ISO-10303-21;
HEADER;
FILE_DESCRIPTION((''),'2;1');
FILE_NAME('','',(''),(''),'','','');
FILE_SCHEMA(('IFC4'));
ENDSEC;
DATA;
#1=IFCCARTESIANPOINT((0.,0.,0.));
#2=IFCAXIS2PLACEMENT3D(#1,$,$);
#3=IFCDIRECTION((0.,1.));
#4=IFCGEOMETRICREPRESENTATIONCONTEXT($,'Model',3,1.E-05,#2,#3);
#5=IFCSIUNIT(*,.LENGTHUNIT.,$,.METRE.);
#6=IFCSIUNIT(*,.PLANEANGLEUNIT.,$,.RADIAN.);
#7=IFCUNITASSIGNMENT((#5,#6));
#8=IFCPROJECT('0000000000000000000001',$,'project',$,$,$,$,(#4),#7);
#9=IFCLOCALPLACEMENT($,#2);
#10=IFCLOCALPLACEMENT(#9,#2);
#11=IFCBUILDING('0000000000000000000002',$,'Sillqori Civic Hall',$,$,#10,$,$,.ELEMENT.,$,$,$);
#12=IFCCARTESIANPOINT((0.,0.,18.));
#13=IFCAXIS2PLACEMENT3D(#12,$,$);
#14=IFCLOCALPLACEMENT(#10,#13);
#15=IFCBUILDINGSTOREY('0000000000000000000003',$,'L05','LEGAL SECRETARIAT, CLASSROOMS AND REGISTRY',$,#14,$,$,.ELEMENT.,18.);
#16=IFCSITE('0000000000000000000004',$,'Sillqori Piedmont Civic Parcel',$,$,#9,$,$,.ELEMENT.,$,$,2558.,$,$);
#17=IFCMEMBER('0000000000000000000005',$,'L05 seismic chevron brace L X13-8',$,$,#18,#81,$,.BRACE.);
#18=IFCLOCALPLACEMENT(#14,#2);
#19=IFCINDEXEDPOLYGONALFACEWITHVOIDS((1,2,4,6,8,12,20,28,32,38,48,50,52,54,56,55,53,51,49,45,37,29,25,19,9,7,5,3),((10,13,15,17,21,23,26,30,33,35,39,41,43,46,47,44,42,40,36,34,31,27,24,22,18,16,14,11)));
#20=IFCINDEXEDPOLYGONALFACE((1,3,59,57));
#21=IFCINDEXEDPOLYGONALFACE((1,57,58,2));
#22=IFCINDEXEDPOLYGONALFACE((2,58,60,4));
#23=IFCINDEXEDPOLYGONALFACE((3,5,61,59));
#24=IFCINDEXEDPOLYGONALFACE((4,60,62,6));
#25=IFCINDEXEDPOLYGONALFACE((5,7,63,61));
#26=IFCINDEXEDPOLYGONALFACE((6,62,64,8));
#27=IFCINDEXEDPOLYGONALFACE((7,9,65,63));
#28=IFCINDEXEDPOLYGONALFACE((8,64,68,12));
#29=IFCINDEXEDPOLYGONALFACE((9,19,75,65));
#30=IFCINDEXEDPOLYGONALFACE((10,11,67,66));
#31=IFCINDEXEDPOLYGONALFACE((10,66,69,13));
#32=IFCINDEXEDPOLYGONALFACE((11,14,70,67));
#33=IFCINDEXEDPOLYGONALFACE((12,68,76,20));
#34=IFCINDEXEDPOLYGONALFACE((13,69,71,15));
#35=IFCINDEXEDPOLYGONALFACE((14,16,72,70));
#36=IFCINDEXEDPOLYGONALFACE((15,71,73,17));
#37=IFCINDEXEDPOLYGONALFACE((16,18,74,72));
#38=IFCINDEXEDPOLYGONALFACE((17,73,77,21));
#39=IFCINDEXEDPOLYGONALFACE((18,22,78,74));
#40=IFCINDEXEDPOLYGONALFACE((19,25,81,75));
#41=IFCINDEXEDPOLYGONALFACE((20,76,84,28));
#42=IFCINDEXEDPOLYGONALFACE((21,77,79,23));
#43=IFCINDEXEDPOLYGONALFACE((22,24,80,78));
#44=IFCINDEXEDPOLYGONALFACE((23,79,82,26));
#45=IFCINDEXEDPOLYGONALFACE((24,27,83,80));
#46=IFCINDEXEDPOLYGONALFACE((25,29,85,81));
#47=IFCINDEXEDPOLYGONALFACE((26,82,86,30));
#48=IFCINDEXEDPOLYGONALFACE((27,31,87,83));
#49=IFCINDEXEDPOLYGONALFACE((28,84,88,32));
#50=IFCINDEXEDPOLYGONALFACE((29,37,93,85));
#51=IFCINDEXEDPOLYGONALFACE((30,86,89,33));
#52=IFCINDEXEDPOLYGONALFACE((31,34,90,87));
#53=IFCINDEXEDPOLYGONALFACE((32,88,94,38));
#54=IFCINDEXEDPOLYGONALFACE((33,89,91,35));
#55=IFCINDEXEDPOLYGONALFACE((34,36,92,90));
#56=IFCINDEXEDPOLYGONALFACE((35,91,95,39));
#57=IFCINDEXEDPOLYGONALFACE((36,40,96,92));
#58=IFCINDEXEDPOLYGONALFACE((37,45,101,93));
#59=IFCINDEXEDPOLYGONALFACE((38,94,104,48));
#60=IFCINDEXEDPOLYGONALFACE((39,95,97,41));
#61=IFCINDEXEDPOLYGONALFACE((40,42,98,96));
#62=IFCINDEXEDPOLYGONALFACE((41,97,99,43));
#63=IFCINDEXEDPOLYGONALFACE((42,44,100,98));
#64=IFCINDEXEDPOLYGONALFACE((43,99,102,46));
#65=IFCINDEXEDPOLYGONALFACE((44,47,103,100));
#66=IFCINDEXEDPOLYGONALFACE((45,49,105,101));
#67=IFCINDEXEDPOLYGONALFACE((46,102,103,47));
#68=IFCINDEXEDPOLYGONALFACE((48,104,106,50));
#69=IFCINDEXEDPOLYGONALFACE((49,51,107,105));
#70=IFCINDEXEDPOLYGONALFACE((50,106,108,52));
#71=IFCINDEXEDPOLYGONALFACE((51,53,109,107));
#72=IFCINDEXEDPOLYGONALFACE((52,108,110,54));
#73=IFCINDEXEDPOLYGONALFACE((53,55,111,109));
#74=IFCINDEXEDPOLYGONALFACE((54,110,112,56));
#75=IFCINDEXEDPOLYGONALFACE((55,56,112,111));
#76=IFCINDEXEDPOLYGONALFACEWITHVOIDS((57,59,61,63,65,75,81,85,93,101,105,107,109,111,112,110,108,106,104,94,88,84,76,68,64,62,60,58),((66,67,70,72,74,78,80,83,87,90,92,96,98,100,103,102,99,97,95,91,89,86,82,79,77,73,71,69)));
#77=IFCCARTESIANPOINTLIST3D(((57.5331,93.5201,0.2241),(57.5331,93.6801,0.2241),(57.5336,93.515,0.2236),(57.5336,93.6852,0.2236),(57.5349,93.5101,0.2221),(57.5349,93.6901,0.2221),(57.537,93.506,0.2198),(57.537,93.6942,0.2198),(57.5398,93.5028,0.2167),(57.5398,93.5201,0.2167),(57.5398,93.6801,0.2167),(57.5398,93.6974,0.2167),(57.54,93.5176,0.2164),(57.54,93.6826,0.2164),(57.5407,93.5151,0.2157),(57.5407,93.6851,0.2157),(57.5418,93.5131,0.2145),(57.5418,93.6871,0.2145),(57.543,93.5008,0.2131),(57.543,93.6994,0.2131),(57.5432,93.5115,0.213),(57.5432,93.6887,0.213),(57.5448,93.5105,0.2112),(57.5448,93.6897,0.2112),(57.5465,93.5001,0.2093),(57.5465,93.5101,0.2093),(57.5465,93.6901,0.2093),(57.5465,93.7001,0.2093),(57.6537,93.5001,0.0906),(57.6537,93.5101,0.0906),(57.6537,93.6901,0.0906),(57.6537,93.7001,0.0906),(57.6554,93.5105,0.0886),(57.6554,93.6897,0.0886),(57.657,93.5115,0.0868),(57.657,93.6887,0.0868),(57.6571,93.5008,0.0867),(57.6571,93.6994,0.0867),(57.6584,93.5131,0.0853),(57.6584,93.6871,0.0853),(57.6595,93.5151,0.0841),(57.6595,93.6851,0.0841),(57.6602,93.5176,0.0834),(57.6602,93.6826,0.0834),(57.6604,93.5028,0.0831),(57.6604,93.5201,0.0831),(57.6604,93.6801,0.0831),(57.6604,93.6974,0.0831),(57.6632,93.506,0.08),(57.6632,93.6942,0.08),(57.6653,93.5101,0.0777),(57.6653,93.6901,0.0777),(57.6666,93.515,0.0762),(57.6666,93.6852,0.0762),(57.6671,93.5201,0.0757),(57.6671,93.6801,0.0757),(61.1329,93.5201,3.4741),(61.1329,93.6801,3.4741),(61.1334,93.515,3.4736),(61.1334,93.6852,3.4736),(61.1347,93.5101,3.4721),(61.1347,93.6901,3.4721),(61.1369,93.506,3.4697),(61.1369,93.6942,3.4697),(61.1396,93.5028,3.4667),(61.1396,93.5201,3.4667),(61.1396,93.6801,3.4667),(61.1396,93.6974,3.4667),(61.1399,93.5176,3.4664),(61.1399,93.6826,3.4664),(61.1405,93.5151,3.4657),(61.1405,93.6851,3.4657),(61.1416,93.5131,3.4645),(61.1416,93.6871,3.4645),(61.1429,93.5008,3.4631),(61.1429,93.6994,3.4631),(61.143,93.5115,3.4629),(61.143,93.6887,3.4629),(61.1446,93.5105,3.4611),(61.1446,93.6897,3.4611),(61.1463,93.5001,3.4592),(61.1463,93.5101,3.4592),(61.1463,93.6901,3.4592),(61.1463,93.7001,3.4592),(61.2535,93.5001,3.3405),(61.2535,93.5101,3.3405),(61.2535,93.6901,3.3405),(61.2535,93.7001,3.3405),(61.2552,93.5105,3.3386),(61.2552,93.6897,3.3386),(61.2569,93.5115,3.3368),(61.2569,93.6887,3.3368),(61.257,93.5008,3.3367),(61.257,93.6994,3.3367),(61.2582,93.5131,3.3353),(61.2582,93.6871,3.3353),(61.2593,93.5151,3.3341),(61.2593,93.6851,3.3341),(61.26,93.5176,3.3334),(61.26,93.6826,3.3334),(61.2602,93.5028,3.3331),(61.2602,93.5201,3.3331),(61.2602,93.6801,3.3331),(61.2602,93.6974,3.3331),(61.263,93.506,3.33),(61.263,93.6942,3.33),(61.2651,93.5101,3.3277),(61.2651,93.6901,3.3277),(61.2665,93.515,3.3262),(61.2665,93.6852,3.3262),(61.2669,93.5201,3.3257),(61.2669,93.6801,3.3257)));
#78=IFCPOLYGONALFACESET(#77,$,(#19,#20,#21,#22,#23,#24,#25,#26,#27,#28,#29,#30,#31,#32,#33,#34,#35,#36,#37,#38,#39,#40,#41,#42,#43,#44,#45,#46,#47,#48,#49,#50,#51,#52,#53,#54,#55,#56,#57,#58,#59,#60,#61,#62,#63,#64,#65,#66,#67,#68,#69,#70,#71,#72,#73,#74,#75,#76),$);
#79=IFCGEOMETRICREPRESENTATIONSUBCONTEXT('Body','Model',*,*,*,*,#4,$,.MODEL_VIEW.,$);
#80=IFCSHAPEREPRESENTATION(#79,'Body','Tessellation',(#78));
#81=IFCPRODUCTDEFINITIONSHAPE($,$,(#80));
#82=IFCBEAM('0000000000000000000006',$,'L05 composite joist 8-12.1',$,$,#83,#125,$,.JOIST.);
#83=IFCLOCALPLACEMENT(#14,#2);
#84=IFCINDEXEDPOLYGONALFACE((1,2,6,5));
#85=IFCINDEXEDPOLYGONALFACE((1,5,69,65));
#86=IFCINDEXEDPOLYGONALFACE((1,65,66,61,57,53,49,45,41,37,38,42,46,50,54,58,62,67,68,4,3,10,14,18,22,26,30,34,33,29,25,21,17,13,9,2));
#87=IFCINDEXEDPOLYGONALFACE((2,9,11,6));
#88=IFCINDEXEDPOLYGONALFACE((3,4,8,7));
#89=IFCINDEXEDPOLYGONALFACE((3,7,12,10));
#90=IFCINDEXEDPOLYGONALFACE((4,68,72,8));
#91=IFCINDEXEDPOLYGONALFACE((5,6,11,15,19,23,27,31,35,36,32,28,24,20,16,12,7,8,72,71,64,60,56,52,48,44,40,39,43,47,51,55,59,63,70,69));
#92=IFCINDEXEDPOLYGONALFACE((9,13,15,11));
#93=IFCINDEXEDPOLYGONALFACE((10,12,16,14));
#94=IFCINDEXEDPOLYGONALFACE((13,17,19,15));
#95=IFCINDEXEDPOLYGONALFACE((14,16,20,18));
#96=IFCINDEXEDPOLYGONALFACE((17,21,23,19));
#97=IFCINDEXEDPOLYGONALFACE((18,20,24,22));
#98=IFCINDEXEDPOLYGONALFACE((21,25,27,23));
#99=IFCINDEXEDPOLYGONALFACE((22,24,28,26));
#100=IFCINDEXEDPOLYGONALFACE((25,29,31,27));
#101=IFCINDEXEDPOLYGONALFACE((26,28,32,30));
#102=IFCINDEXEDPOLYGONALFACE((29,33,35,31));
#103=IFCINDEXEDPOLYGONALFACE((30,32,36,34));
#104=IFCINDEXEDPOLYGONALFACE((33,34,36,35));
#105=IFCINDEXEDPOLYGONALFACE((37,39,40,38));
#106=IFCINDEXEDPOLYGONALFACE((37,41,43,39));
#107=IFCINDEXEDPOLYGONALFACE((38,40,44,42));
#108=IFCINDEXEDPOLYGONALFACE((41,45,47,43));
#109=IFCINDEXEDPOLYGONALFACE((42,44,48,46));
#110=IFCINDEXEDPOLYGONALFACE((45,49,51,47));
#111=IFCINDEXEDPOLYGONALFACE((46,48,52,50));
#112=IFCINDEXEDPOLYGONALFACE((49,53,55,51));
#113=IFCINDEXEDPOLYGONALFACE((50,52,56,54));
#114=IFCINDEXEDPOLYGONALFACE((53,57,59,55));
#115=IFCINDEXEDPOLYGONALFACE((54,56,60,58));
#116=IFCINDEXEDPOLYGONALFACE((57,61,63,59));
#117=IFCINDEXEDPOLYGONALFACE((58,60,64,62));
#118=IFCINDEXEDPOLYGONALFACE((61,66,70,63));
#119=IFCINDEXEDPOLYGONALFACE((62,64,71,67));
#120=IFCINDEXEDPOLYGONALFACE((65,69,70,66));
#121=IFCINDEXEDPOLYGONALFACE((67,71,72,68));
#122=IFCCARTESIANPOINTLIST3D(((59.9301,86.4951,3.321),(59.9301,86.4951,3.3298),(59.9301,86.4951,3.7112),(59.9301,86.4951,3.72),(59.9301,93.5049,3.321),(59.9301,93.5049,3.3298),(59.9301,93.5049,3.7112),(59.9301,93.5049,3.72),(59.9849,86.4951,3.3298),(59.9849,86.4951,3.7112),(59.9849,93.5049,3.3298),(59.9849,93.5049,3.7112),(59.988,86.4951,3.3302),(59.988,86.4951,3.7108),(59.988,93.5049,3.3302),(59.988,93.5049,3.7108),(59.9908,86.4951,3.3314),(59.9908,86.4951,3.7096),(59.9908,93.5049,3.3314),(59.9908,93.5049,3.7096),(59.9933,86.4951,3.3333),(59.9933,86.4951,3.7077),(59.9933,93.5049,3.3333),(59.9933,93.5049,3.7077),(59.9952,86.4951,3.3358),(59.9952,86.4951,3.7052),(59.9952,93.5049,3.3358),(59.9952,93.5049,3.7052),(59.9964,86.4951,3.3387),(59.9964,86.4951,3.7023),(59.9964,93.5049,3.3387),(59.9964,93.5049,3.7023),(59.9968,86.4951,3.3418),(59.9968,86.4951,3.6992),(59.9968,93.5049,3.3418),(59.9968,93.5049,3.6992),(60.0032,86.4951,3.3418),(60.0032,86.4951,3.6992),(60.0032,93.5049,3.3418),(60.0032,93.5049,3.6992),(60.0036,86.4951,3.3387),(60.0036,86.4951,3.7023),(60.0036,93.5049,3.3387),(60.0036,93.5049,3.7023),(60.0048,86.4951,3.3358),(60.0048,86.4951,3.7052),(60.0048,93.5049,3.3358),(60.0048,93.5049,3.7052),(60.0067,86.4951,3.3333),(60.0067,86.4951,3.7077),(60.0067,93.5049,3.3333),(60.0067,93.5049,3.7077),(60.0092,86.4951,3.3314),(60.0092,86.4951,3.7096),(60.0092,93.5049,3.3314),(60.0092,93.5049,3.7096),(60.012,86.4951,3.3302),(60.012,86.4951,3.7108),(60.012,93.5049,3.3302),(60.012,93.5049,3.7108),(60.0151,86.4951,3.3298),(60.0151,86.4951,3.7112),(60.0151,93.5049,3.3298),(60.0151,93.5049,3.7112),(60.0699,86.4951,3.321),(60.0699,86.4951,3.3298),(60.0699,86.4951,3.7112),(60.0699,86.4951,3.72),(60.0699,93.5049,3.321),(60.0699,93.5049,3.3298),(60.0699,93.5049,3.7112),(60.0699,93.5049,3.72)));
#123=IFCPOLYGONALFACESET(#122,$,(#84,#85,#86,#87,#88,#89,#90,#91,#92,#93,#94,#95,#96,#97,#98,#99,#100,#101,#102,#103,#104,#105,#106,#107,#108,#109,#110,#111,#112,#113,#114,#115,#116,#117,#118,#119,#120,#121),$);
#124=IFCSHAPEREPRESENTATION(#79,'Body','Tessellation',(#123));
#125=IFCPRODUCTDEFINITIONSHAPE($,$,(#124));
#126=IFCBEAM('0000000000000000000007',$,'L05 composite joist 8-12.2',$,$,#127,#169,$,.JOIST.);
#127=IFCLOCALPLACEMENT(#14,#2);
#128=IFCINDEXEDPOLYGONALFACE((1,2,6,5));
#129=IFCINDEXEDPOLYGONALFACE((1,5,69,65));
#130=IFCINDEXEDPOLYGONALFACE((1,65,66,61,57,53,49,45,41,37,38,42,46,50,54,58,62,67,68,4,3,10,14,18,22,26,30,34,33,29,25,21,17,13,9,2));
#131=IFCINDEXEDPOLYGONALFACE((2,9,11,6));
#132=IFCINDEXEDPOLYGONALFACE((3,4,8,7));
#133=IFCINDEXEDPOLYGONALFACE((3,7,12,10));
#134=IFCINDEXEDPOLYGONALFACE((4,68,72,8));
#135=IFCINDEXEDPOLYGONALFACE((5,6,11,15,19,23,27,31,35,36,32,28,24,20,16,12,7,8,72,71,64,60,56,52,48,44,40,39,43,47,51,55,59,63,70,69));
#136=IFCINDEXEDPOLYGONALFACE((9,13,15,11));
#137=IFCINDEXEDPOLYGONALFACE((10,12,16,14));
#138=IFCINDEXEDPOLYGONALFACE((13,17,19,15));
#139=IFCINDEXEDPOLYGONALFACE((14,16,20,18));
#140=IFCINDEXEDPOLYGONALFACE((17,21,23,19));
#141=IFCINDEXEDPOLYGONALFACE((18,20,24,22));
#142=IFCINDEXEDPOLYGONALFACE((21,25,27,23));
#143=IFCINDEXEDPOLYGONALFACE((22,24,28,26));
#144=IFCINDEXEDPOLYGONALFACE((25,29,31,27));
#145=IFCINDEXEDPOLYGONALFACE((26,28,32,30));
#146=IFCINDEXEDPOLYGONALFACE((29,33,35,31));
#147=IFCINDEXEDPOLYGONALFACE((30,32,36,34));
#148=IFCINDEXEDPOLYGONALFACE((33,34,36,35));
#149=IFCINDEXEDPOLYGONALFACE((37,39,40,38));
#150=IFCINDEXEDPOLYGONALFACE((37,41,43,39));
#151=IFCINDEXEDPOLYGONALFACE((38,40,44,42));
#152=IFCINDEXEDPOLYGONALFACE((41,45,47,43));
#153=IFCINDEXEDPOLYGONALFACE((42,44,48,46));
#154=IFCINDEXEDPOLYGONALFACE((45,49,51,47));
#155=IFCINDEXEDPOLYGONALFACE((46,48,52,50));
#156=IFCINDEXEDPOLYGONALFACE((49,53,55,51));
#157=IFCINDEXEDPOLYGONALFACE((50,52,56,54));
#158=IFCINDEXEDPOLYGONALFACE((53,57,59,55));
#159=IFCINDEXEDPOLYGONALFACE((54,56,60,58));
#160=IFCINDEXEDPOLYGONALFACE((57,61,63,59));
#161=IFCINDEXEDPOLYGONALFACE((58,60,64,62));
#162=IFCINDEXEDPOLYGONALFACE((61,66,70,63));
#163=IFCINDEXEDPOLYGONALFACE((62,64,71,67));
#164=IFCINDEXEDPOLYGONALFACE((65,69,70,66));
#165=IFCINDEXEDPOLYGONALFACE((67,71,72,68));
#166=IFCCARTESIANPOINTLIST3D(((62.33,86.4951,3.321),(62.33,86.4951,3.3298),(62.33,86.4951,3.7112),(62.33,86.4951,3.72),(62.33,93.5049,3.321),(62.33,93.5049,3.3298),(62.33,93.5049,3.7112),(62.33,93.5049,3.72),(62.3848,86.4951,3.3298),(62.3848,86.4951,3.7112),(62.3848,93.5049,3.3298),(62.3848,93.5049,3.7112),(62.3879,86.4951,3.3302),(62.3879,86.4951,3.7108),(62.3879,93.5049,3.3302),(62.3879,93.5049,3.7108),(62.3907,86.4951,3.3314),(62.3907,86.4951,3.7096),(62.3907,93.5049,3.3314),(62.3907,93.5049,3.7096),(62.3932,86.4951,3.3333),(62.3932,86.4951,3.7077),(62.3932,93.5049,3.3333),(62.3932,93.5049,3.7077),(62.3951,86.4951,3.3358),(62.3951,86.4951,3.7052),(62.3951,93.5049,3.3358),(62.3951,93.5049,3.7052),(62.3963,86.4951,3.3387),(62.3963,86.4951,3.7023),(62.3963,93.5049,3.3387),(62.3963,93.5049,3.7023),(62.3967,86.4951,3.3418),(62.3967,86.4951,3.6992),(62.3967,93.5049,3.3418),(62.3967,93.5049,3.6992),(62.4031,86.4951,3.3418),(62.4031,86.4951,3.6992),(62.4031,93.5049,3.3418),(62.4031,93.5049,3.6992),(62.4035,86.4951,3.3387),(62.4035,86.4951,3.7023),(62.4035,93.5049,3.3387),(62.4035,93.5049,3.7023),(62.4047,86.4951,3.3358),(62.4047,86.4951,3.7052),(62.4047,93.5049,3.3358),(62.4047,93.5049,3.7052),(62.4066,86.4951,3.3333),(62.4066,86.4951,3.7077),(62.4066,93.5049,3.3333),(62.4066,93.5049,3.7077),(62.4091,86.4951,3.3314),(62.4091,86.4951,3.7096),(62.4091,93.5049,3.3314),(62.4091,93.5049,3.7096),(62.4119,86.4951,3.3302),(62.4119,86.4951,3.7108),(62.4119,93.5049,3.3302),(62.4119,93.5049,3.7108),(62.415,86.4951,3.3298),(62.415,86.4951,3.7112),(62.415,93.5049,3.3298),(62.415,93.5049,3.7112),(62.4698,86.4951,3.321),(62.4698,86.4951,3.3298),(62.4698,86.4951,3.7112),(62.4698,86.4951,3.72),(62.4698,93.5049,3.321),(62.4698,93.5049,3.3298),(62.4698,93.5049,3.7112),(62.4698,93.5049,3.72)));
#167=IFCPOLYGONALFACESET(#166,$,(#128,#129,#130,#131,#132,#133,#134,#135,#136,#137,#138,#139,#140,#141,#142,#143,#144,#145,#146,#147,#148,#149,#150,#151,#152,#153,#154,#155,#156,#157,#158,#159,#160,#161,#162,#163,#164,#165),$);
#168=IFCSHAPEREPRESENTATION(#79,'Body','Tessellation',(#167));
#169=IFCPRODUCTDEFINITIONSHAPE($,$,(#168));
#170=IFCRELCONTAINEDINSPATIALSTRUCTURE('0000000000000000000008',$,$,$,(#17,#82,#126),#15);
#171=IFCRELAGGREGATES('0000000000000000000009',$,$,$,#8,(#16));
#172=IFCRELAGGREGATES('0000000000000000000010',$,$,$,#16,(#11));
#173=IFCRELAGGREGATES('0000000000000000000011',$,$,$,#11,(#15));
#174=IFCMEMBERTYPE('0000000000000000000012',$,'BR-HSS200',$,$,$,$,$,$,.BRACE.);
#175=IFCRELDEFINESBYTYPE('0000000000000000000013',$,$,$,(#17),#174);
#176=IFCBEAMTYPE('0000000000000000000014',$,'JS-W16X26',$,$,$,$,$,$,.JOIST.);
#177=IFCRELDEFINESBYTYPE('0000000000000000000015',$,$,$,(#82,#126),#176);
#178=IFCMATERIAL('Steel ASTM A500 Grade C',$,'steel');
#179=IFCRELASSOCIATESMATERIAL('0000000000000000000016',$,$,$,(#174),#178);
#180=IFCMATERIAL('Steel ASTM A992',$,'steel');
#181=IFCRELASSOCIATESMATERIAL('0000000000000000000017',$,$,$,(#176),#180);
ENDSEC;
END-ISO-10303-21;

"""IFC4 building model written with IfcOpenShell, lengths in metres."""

from ifc_helpers import new_model, si_unit, direction, frame, origin, origin_2d, place, context, subcontext, project, spatial, hollow_rectangle, i_section, extrude, material, material_profile, profile_set, type_object, element, save


model = new_model("IFC4")

# Units and contexts
model_context = context("Model", 3, precision=1e-05, world=origin(), true_north=direction((0.0, 1.0)))
body_context = subcontext(model_context, "Body", "Model", "MODEL_VIEW")
ifc_project = project(units=[si_unit("LENGTHUNIT", "METRE"), si_unit("PLANEANGLEUNIT", "RADIAN")], contexts=[model_context])

# Site, building, storey
site_placement = place(None, origin())
site = spatial("IfcSite", under=ifc_project, at=site_placement, Name="Sillqori Piedmont Civic Parcel", CompositionType="ELEMENT", RefElevation=2558.0)
building_placement = place(site_placement, origin())
building = spatial("IfcBuilding", under=site, at=building_placement, Name="Sillqori Civic Hall", CompositionType="ELEMENT")
storey_placement = place(building_placement, frame((0.0, 0.0, 18.0)))
storey = spatial("IfcBuildingStorey", under=building, at=storey_placement, Name="L05", Description="LEGAL SECRETARIAT, CLASSROOMS AND REGISTRY", CompositionType="ELEMENT", Elevation=18.0)

# Shared definitions
ifc_material_1 = material(Name="Steel ASTM A992", Category="steel")

# Member
ifc_material_2 = material(Name="Steel ASTM A500 Grade C", Category="steel")
ifc_material_profile_1 = material_profile(ifc_material_2, hollow_rectangle(XDim=0.2, YDim=0.2, WallThickness=0.01, InnerFilletRadius=0.01, OuterFilletRadius=0.02, at=origin_2d()), Name="HSS200X200X10")
ifc_profile_set_1 = profile_set([ifc_material_profile_1], Name="Steel ASTM A500 Grade C")
member_type = type_object("IfcMemberType", Name="BR-HSS200", PredefinedType="BRACE", material=ifc_profile_set_1)
member_placement = place(storey_placement, frame((57.6001, 93.6001, 0.1499), z_axis=(0.742254, 0.0, 0.670118), x_axis=(0.0, 1.0, 0.0)))
element("IfcMember", 1, at=member_placement, inside=storey, type_object=member_type, Name="L05 seismic chevron brace L X13-8", PredefinedType="BRACE", context=body_context, shape_type="SweptSolid", body=[
    extrude(hollow_rectangle(XDim=0.2, YDim=0.2, WallThickness=0.01, InnerFilletRadius=0.01, OuterFilletRadius=0.02, at=origin_2d()), origin(), (0.0, 0.0, 1.0), 4.8499),
])

# Beams
ifc_material_profile_2 = material_profile(ifc_material_1, i_section(OverallWidth=0.1399, OverallDepth=0.3989, WebThickness=0.0063, FlangeThickness=0.0088, FilletRadius=0.012, at=origin_2d()), Name="W16X26")
ifc_profile_set_2 = profile_set([ifc_material_profile_2], Name="Steel ASTM A992")
beam_type_1 = type_object("IfcBeamType", Name="JS-W16X26", PredefinedType="JOIST", material=ifc_profile_set_2)
for number, where, z_axis, x_axis, name in (
    (2, (60.0, 86.4951, 3.5205), (0.0, 1.0, 0.0), (-1.0, 0.0, 0.0), "L05 composite joist 8-12.1"),
    (3, (62.3999, 86.4951, 3.5205), (0.0, 1.0, 0.0), (-1.0, 0.0, 0.0), "L05 composite joist 8-12.2"),
):
    element("IfcBeam", number, at=place(storey_placement, frame(where, z_axis=z_axis, x_axis=x_axis)), inside=storey, type_object=beam_type_1, Name=name, PredefinedType="JOIST", context=body_context, shape_type="SweptSolid", body=[
        extrude(i_section(OverallWidth=0.1399, OverallDepth=0.3989, WebThickness=0.0063, FlangeThickness=0.0088, FilletRadius=0.012, at=origin_2d()), origin(), (0.0, 0.0, 1.0), 7.0098),
    ])

save(model, "model.ifc")
